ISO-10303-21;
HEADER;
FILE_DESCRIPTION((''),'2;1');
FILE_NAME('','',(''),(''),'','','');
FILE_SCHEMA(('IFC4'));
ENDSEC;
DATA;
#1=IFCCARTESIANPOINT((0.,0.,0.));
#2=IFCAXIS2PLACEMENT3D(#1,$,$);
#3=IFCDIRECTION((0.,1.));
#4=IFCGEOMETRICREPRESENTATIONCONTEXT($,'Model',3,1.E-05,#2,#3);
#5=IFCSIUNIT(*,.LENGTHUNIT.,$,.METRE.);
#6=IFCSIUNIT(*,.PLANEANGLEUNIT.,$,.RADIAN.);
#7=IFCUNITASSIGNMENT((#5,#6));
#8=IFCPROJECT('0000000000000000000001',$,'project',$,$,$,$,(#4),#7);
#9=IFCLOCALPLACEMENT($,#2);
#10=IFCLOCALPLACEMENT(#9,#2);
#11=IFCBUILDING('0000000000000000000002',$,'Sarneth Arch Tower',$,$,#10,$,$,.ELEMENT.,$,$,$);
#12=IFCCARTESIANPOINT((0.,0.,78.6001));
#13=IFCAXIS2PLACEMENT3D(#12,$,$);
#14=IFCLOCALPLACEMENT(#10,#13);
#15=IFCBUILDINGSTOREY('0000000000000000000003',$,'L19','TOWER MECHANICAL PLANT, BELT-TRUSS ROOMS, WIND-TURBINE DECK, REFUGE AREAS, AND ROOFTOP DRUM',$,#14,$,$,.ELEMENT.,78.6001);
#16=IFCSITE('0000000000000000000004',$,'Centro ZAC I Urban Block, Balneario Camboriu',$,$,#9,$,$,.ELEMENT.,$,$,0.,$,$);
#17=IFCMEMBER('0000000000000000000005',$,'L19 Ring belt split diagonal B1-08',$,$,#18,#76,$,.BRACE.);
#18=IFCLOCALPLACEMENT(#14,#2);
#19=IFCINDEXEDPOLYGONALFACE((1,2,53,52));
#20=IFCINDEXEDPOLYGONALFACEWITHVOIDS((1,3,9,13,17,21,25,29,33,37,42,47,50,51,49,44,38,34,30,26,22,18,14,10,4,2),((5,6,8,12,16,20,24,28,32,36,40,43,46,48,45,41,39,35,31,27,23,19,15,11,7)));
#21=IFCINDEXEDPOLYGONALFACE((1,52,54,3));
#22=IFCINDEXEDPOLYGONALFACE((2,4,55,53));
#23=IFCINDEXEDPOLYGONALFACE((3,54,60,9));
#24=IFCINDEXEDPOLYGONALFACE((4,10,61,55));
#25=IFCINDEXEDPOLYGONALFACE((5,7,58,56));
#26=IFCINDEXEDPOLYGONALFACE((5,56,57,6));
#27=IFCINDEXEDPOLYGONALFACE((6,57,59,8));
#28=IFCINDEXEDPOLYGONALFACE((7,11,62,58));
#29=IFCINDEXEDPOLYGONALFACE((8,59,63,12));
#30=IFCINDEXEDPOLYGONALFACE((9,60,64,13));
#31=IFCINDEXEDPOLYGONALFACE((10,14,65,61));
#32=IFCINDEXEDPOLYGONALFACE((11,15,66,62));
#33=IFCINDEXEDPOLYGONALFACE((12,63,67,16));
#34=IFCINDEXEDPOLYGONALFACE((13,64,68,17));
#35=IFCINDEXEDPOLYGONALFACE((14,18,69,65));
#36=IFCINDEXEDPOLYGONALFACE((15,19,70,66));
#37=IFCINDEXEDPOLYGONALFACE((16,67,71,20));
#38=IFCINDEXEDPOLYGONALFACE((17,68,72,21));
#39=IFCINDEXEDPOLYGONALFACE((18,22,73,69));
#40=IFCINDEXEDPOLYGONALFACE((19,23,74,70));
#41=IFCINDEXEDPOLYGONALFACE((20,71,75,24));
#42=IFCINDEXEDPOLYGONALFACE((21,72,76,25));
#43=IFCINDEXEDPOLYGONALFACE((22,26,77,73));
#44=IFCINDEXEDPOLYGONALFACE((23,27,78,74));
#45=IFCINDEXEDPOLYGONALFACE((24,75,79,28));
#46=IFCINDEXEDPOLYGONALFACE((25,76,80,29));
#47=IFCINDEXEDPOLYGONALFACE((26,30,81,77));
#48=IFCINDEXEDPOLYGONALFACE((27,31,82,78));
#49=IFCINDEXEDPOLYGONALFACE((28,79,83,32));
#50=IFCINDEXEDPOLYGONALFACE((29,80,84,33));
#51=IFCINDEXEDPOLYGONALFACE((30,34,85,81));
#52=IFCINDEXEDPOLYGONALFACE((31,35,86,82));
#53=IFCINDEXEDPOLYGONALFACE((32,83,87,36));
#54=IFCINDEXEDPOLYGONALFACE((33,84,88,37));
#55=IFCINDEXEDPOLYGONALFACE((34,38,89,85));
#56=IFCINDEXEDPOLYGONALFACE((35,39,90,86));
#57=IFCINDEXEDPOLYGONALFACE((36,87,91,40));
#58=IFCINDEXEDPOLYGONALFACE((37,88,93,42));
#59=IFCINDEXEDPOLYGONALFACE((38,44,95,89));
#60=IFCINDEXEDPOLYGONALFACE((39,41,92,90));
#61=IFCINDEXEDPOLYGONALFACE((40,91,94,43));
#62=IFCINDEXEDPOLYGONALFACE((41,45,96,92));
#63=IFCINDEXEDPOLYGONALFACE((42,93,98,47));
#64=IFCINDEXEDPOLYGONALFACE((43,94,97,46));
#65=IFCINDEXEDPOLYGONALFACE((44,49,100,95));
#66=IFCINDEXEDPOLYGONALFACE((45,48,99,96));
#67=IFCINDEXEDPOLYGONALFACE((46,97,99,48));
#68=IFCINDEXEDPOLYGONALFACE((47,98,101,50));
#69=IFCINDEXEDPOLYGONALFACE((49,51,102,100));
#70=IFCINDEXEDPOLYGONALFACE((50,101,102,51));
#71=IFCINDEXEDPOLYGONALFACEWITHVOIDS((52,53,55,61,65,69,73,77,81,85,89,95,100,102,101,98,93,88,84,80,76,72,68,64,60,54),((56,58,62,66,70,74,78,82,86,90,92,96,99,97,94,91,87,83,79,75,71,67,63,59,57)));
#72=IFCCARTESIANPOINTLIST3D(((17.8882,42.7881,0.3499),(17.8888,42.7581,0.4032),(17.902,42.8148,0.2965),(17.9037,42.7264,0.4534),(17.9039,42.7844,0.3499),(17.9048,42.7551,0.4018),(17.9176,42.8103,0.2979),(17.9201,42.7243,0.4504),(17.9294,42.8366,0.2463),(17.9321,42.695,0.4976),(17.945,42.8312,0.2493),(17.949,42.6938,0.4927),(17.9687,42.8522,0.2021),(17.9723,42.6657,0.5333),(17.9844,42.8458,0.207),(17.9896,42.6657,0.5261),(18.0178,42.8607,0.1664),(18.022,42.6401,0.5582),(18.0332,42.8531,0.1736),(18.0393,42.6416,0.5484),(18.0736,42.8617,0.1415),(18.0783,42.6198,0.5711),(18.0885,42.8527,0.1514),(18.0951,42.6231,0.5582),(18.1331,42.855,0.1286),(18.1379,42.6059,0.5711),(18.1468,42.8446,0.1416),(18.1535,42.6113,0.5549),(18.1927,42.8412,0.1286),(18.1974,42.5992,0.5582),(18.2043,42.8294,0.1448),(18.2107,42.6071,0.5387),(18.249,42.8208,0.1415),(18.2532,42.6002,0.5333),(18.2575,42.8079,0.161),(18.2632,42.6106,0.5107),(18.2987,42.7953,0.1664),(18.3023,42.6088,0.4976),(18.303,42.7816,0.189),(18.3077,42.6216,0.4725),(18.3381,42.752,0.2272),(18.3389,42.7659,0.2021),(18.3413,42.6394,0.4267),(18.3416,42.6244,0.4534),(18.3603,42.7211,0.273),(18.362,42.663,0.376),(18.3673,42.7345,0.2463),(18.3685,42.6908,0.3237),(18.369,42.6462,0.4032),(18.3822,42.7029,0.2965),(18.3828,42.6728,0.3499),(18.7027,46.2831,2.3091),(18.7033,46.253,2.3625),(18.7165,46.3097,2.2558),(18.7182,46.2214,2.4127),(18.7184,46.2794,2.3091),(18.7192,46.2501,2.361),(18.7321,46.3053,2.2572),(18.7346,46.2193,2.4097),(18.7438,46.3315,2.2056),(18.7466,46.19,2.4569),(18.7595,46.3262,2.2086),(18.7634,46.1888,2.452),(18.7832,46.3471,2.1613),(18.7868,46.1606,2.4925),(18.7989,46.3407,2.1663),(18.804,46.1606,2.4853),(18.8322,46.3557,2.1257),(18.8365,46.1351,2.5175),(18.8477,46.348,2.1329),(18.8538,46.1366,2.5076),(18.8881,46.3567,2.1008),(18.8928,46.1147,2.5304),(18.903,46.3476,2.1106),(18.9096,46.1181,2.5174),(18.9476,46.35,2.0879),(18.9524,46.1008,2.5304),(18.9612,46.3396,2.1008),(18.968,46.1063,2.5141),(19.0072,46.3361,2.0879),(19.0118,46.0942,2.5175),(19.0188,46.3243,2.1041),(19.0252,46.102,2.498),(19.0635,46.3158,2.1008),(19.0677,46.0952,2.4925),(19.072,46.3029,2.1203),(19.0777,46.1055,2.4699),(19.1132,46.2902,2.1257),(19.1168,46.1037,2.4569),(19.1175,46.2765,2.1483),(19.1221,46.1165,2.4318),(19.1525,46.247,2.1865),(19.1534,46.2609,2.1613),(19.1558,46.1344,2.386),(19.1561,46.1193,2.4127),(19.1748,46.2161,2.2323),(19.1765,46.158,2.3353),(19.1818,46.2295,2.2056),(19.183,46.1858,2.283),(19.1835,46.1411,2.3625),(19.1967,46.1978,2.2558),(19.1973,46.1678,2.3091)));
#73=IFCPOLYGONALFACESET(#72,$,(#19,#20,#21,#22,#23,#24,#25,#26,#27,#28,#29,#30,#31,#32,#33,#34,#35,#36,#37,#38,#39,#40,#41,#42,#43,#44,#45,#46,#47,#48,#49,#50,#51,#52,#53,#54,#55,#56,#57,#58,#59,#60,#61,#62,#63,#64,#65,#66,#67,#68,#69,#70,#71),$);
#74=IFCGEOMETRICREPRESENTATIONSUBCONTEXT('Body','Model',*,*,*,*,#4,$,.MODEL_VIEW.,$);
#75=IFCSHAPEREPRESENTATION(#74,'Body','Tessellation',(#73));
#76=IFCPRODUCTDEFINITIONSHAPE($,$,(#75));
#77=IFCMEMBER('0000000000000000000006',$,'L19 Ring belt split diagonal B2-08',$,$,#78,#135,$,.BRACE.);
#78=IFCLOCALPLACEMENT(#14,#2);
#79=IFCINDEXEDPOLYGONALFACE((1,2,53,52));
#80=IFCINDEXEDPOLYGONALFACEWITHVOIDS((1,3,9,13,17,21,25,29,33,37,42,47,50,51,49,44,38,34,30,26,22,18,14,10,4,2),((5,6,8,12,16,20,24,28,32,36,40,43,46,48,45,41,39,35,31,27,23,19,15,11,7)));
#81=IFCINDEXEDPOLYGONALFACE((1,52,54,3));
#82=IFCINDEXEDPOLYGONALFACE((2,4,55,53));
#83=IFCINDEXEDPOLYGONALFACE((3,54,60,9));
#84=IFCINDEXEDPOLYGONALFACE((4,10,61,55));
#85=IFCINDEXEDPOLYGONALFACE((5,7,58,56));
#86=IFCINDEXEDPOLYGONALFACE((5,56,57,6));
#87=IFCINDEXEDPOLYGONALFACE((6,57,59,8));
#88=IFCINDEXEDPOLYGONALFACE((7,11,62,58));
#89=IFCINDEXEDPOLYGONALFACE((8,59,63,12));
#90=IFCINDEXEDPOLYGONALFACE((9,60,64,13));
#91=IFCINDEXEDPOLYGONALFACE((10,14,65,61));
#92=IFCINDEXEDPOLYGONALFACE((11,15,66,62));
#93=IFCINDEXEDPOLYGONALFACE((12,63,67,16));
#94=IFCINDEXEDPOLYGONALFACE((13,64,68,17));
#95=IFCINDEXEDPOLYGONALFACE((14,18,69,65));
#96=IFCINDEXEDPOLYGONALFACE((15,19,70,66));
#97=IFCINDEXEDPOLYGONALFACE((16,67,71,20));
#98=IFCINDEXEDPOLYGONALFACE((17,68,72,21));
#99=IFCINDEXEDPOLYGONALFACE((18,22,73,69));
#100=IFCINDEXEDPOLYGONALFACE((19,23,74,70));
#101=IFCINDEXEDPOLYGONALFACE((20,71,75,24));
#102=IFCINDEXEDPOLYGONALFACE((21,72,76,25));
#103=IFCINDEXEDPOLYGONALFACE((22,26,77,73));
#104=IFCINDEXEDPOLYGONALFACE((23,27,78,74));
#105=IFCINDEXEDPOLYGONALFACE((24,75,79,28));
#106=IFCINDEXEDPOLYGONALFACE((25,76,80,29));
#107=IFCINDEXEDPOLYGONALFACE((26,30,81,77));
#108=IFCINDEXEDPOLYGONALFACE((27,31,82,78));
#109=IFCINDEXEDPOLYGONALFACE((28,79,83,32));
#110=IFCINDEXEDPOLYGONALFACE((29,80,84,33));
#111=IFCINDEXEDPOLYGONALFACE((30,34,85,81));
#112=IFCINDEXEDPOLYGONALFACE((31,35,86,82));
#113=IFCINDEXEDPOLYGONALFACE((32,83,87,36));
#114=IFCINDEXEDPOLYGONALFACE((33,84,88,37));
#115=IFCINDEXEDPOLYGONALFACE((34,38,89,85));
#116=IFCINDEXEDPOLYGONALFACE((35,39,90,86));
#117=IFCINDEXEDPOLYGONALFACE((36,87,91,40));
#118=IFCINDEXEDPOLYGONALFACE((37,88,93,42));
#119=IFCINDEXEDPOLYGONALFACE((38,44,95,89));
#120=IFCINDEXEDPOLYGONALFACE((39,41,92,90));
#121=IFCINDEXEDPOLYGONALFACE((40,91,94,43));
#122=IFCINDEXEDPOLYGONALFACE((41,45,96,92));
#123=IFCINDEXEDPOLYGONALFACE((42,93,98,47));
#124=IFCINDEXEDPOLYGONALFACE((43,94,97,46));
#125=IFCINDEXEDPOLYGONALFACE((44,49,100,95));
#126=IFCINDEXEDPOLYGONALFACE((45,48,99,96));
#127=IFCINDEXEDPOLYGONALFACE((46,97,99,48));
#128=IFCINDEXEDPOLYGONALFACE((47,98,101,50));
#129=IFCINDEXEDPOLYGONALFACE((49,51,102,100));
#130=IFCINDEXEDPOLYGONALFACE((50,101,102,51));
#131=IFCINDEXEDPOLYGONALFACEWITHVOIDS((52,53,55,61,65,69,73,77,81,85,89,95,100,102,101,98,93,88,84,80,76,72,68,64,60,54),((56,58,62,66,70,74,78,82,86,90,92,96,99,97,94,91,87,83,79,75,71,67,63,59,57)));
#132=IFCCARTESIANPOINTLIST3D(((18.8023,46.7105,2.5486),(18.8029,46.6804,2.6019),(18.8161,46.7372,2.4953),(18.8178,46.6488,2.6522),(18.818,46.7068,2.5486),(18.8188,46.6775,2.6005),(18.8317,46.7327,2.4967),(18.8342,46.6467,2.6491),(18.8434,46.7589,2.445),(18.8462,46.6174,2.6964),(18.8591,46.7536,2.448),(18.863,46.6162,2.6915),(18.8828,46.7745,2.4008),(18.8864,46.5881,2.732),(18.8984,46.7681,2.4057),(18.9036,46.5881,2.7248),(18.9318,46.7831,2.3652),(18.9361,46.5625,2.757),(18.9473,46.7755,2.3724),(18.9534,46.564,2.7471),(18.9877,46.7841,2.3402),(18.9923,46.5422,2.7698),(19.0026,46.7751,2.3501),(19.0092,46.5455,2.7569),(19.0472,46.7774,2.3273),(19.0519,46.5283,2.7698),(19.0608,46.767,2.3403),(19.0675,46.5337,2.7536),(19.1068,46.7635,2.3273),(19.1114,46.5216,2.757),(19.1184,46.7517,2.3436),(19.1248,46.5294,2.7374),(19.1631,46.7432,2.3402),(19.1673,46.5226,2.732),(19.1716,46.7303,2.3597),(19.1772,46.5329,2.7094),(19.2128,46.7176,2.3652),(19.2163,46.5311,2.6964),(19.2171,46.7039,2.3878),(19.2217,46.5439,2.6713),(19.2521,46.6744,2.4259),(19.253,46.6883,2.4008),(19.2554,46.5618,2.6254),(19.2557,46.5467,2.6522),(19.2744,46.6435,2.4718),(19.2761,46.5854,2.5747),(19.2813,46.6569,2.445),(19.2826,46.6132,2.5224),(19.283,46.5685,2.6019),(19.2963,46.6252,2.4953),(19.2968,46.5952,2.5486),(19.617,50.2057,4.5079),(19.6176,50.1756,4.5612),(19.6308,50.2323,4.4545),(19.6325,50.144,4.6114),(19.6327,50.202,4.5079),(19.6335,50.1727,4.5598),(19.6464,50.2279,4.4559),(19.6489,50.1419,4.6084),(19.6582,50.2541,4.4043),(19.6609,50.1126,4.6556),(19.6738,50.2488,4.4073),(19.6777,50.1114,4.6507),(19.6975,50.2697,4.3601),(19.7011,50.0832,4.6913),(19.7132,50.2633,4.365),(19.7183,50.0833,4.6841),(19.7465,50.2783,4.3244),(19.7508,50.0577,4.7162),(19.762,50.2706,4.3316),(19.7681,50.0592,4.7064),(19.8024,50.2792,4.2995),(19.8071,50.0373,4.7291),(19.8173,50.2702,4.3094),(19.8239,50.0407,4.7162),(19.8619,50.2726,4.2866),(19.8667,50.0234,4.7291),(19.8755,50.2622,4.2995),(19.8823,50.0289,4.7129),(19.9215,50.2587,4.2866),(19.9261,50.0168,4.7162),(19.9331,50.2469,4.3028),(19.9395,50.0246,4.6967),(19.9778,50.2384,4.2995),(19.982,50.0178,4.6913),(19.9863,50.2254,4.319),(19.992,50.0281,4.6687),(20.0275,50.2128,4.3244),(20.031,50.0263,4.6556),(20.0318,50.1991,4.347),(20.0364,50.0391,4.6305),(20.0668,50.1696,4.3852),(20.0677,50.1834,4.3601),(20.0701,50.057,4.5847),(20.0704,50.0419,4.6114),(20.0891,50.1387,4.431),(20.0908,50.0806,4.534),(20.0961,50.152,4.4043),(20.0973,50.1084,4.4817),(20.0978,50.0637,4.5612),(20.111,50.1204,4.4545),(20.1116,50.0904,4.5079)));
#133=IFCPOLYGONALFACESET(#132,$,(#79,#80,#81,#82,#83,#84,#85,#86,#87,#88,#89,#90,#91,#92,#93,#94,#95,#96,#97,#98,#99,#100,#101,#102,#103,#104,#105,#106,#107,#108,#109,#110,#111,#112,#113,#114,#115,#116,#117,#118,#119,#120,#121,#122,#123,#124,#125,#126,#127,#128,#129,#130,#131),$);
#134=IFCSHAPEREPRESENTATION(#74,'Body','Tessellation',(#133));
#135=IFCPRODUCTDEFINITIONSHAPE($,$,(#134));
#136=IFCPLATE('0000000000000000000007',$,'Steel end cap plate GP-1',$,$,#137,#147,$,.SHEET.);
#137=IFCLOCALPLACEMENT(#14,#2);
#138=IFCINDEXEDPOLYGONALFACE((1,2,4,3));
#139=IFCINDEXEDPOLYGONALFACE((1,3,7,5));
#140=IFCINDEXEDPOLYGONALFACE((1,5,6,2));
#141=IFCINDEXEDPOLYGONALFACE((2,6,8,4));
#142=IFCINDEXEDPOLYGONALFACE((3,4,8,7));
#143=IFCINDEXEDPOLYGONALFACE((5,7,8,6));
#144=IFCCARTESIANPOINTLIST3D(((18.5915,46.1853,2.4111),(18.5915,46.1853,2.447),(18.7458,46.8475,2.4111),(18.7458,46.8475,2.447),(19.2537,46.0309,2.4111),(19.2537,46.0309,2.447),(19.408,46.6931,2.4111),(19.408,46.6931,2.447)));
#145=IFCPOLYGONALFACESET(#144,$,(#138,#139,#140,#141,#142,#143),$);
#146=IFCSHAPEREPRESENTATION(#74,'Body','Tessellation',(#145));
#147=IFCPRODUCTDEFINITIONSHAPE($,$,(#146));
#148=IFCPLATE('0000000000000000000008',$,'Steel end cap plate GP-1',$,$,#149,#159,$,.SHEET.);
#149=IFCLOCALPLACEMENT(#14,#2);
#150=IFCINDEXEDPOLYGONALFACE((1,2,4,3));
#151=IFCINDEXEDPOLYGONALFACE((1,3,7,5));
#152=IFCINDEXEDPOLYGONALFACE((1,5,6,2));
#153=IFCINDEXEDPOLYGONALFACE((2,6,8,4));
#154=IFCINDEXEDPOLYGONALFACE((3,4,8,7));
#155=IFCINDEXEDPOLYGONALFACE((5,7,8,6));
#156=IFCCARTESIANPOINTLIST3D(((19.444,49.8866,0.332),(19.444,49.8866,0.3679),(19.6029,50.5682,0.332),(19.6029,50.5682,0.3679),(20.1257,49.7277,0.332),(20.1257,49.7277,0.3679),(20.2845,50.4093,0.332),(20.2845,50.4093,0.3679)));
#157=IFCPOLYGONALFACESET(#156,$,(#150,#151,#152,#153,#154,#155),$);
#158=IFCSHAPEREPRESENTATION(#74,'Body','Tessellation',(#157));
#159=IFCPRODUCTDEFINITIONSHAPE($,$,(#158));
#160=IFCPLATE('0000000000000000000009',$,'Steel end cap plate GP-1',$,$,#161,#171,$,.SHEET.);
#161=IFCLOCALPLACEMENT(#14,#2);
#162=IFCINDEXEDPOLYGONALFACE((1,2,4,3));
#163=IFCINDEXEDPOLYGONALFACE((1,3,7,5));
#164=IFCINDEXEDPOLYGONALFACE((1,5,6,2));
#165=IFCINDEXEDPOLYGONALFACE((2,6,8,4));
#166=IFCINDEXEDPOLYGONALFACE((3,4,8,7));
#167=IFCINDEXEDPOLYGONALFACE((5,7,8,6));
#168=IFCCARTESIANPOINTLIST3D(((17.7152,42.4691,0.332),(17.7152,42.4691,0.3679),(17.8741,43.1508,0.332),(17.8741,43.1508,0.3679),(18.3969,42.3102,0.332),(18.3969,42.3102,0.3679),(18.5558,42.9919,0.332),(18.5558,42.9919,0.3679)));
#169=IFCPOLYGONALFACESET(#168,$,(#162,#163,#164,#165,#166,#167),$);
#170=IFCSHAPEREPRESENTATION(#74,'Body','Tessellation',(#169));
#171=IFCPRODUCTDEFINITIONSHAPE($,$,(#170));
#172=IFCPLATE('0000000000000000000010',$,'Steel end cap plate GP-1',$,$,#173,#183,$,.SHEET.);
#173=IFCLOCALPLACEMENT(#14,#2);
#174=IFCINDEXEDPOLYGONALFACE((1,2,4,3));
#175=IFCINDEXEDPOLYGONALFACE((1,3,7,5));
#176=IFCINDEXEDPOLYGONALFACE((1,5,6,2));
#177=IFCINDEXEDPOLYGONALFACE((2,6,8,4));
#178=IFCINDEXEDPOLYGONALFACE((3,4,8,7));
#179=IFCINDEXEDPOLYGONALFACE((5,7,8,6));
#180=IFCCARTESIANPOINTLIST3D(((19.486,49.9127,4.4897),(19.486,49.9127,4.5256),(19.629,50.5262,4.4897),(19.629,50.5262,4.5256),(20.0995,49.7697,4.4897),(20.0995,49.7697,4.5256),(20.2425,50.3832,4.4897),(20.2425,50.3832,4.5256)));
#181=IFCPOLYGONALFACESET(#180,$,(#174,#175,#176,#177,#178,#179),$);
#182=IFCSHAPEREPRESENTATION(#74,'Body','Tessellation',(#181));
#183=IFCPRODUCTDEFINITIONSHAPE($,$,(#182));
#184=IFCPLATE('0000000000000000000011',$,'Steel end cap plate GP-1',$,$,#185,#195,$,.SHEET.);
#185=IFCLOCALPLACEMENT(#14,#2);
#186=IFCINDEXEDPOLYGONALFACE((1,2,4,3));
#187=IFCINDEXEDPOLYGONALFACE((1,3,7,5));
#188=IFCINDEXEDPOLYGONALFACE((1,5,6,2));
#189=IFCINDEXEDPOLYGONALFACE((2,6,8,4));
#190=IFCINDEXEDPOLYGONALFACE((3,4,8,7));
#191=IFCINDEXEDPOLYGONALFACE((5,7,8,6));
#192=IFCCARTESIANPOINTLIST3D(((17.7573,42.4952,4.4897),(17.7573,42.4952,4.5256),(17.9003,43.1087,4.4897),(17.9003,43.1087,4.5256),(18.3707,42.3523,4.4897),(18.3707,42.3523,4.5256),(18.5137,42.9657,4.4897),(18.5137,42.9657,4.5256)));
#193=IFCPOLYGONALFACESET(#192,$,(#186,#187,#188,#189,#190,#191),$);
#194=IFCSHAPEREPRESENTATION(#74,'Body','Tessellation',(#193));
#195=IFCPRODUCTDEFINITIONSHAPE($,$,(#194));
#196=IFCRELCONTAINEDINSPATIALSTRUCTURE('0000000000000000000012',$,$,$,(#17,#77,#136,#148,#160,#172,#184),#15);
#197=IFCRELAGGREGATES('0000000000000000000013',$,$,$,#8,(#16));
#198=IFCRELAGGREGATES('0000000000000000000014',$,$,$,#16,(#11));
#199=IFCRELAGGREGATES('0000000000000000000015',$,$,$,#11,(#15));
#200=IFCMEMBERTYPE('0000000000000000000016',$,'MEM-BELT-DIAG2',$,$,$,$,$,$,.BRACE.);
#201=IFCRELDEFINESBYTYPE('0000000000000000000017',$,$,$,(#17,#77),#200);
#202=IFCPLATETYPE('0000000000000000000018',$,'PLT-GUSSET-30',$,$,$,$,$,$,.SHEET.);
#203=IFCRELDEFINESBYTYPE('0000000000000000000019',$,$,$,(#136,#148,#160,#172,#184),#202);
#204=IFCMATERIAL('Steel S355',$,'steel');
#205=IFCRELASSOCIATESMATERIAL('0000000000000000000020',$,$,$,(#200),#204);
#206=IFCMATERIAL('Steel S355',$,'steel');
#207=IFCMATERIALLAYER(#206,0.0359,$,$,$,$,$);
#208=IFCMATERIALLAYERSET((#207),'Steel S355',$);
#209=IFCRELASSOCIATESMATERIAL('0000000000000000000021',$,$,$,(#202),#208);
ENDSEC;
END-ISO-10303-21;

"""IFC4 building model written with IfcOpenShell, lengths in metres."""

from ifc_helpers import new_model, si_unit, direction, frame, origin, origin_2d, place, context, subcontext, project, spatial, rectangle, hollow_circle, extrude, material, layer, layer_set, material_profile, profile_set, type_object, element, save


model = new_model("IFC4")

# Units and contexts
model_context = context("Model", 3, precision=1e-05, world=origin(), true_north=direction((0.0, 1.0)))
body_context = subcontext(model_context, "Body", "Model", "MODEL_VIEW")
ifc_project = project(units=[si_unit("LENGTHUNIT", "METRE"), si_unit("PLANEANGLEUNIT", "RADIAN")], contexts=[model_context])

# Site, building, storey
site_placement = place(None, origin())
site = spatial("IfcSite", under=ifc_project, at=site_placement, Name="Centro ZAC I Urban Block, Balneario Camboriu", CompositionType="ELEMENT", RefElevation=0.0)
building_placement = place(site_placement, origin())
building = spatial("IfcBuilding", under=site, at=building_placement, Name="Sarneth Arch Tower", CompositionType="ELEMENT")
storey_placement = place(building_placement, frame((0.0, 0.0, 78.6001)))
storey = spatial("IfcBuildingStorey", under=building, at=storey_placement, Name="L19", Description="TOWER MECHANICAL PLANT, BELT-TRUSS ROOMS, WIND-TURBINE DECK, REFUGE AREAS, AND ROOFTOP DRUM", CompositionType="ELEMENT", Elevation=78.6001)

# Members
ifc_material_1 = material(Name="Steel S355", Category="steel")
ifc_material_profile_1 = material_profile(ifc_material_1, hollow_circle(Radius=0.2539, WallThickness=0.0161, at=origin_2d()), Name="CHS508x16")
ifc_profile_set_1 = profile_set([ifc_material_profile_1], Name="Steel S355")
member_type_1 = type_object("IfcMemberType", Name="MEM-BELT-DIAG2", PredefinedType="BRACE", material=ifc_profile_set_1)
member_1_placement = place(storey_placement, frame((18.1355, 42.7305, 0.3499), z_axis=(0.199205, 0.8548, 0.479202), x_axis=(-0.973904, 0.226961, 0.0)))
element("IfcMember", 1, at=member_1_placement, inside=storey, type_object=member_type_1, Name="L19 Ring belt split diagonal B1-08", PredefinedType="BRACE", context=body_context, shape_type="SweptSolid", body=[
    extrude(hollow_circle(Radius=0.2539, WallThickness=0.0161, at=origin_2d()), origin(), (0.0, 0.0, 1.0), 4.0886),
])
member_2_placement = place(storey_placement, frame((19.0496, 46.6528, 2.5486), z_axis=(0.199252, 0.854806, 0.479171), x_axis=(-0.973892, 0.22701, 0.0)))
element("IfcMember", 2, at=member_2_placement, inside=storey, type_object=member_type_1, Name="L19 Ring belt split diagonal B2-08", PredefinedType="BRACE", context=body_context, shape_type="SweptSolid", body=[
    extrude(hollow_circle(Radius=0.2539, WallThickness=0.0161, at=origin_2d()), origin(), (0.0, 0.0, 1.0), 4.0889),
])

# Plates
ifc_material_2 = material(Name="Steel S355", Category="steel")
ifc_layer_1 = layer(ifc_material_2, 0.0359)
ifc_layer_set_1 = layer_set([ifc_layer_1], Name="Steel S355")
plate_type_1 = type_object("IfcPlateType", Name="PLT-GUSSET-30", PredefinedType="SHEET", material=ifc_layer_set_1)
plate_placement = place(storey_placement, frame((18.9998, 46.4392, 2.4111), z_axis=(0.0, 0.0, 1.0), x_axis=(-0.226991, -0.973897, 0.0)))
element("IfcPlate", 3, at=plate_placement, inside=storey, type_object=plate_type_1, Name="Steel end cap plate GP-1", PredefinedType="SHEET", context=body_context, shape_type="SweptSolid", body=[
    extrude(rectangle(XDim=0.6799, YDim=0.6799, at=origin_2d()), origin(), (0.0, 0.0, 1.0), 0.0359),
])
for number, where, z_axis, x_axis, name in (
    (4, (19.8643, 50.1479, 0.332), (0.0, 0.0, 1.0), (0.226991, 0.973897, 0.0), "Steel end cap plate GP-1"),
    (5, (18.1355, 42.7305, 0.332), (0.0, 0.0, 1.0), (-0.226991, -0.973897, 0.0), "Steel end cap plate GP-1"),
):
    element("IfcPlate", number, at=place(storey_placement, frame(where, z_axis=z_axis, x_axis=x_axis)), inside=storey, type_object=plate_type_1, Name=name, PredefinedType="SHEET", context=body_context, shape_type="SweptSolid", body=[
        extrude(rectangle(XDim=0.7, YDim=0.7, at=origin_2d()), origin(), (0.0, 0.0, 1.0), 0.0359),
    ])
for number, where, z_axis, x_axis, name in (
    (6, (19.8643, 50.1479, 4.4897), (0.0, 0.0, 1.0), (0.226991, 0.973897, 0.0), "Steel end cap plate GP-1"),
    (7, (18.1355, 42.7305, 4.4897), (0.0, 0.0, 1.0), (-0.226991, -0.973897, 0.0), "Steel end cap plate GP-1"),
):
    element("IfcPlate", number, at=place(storey_placement, frame(where, z_axis=z_axis, x_axis=x_axis)), inside=storey, type_object=plate_type_1, Name=name, PredefinedType="SHEET", context=body_context, shape_type="SweptSolid", body=[
        extrude(rectangle(XDim=0.6299, YDim=0.6299, at=origin_2d()), origin(), (0.0, 0.0, 1.0), 0.0359),
    ])

save(model, "model.ifc")
